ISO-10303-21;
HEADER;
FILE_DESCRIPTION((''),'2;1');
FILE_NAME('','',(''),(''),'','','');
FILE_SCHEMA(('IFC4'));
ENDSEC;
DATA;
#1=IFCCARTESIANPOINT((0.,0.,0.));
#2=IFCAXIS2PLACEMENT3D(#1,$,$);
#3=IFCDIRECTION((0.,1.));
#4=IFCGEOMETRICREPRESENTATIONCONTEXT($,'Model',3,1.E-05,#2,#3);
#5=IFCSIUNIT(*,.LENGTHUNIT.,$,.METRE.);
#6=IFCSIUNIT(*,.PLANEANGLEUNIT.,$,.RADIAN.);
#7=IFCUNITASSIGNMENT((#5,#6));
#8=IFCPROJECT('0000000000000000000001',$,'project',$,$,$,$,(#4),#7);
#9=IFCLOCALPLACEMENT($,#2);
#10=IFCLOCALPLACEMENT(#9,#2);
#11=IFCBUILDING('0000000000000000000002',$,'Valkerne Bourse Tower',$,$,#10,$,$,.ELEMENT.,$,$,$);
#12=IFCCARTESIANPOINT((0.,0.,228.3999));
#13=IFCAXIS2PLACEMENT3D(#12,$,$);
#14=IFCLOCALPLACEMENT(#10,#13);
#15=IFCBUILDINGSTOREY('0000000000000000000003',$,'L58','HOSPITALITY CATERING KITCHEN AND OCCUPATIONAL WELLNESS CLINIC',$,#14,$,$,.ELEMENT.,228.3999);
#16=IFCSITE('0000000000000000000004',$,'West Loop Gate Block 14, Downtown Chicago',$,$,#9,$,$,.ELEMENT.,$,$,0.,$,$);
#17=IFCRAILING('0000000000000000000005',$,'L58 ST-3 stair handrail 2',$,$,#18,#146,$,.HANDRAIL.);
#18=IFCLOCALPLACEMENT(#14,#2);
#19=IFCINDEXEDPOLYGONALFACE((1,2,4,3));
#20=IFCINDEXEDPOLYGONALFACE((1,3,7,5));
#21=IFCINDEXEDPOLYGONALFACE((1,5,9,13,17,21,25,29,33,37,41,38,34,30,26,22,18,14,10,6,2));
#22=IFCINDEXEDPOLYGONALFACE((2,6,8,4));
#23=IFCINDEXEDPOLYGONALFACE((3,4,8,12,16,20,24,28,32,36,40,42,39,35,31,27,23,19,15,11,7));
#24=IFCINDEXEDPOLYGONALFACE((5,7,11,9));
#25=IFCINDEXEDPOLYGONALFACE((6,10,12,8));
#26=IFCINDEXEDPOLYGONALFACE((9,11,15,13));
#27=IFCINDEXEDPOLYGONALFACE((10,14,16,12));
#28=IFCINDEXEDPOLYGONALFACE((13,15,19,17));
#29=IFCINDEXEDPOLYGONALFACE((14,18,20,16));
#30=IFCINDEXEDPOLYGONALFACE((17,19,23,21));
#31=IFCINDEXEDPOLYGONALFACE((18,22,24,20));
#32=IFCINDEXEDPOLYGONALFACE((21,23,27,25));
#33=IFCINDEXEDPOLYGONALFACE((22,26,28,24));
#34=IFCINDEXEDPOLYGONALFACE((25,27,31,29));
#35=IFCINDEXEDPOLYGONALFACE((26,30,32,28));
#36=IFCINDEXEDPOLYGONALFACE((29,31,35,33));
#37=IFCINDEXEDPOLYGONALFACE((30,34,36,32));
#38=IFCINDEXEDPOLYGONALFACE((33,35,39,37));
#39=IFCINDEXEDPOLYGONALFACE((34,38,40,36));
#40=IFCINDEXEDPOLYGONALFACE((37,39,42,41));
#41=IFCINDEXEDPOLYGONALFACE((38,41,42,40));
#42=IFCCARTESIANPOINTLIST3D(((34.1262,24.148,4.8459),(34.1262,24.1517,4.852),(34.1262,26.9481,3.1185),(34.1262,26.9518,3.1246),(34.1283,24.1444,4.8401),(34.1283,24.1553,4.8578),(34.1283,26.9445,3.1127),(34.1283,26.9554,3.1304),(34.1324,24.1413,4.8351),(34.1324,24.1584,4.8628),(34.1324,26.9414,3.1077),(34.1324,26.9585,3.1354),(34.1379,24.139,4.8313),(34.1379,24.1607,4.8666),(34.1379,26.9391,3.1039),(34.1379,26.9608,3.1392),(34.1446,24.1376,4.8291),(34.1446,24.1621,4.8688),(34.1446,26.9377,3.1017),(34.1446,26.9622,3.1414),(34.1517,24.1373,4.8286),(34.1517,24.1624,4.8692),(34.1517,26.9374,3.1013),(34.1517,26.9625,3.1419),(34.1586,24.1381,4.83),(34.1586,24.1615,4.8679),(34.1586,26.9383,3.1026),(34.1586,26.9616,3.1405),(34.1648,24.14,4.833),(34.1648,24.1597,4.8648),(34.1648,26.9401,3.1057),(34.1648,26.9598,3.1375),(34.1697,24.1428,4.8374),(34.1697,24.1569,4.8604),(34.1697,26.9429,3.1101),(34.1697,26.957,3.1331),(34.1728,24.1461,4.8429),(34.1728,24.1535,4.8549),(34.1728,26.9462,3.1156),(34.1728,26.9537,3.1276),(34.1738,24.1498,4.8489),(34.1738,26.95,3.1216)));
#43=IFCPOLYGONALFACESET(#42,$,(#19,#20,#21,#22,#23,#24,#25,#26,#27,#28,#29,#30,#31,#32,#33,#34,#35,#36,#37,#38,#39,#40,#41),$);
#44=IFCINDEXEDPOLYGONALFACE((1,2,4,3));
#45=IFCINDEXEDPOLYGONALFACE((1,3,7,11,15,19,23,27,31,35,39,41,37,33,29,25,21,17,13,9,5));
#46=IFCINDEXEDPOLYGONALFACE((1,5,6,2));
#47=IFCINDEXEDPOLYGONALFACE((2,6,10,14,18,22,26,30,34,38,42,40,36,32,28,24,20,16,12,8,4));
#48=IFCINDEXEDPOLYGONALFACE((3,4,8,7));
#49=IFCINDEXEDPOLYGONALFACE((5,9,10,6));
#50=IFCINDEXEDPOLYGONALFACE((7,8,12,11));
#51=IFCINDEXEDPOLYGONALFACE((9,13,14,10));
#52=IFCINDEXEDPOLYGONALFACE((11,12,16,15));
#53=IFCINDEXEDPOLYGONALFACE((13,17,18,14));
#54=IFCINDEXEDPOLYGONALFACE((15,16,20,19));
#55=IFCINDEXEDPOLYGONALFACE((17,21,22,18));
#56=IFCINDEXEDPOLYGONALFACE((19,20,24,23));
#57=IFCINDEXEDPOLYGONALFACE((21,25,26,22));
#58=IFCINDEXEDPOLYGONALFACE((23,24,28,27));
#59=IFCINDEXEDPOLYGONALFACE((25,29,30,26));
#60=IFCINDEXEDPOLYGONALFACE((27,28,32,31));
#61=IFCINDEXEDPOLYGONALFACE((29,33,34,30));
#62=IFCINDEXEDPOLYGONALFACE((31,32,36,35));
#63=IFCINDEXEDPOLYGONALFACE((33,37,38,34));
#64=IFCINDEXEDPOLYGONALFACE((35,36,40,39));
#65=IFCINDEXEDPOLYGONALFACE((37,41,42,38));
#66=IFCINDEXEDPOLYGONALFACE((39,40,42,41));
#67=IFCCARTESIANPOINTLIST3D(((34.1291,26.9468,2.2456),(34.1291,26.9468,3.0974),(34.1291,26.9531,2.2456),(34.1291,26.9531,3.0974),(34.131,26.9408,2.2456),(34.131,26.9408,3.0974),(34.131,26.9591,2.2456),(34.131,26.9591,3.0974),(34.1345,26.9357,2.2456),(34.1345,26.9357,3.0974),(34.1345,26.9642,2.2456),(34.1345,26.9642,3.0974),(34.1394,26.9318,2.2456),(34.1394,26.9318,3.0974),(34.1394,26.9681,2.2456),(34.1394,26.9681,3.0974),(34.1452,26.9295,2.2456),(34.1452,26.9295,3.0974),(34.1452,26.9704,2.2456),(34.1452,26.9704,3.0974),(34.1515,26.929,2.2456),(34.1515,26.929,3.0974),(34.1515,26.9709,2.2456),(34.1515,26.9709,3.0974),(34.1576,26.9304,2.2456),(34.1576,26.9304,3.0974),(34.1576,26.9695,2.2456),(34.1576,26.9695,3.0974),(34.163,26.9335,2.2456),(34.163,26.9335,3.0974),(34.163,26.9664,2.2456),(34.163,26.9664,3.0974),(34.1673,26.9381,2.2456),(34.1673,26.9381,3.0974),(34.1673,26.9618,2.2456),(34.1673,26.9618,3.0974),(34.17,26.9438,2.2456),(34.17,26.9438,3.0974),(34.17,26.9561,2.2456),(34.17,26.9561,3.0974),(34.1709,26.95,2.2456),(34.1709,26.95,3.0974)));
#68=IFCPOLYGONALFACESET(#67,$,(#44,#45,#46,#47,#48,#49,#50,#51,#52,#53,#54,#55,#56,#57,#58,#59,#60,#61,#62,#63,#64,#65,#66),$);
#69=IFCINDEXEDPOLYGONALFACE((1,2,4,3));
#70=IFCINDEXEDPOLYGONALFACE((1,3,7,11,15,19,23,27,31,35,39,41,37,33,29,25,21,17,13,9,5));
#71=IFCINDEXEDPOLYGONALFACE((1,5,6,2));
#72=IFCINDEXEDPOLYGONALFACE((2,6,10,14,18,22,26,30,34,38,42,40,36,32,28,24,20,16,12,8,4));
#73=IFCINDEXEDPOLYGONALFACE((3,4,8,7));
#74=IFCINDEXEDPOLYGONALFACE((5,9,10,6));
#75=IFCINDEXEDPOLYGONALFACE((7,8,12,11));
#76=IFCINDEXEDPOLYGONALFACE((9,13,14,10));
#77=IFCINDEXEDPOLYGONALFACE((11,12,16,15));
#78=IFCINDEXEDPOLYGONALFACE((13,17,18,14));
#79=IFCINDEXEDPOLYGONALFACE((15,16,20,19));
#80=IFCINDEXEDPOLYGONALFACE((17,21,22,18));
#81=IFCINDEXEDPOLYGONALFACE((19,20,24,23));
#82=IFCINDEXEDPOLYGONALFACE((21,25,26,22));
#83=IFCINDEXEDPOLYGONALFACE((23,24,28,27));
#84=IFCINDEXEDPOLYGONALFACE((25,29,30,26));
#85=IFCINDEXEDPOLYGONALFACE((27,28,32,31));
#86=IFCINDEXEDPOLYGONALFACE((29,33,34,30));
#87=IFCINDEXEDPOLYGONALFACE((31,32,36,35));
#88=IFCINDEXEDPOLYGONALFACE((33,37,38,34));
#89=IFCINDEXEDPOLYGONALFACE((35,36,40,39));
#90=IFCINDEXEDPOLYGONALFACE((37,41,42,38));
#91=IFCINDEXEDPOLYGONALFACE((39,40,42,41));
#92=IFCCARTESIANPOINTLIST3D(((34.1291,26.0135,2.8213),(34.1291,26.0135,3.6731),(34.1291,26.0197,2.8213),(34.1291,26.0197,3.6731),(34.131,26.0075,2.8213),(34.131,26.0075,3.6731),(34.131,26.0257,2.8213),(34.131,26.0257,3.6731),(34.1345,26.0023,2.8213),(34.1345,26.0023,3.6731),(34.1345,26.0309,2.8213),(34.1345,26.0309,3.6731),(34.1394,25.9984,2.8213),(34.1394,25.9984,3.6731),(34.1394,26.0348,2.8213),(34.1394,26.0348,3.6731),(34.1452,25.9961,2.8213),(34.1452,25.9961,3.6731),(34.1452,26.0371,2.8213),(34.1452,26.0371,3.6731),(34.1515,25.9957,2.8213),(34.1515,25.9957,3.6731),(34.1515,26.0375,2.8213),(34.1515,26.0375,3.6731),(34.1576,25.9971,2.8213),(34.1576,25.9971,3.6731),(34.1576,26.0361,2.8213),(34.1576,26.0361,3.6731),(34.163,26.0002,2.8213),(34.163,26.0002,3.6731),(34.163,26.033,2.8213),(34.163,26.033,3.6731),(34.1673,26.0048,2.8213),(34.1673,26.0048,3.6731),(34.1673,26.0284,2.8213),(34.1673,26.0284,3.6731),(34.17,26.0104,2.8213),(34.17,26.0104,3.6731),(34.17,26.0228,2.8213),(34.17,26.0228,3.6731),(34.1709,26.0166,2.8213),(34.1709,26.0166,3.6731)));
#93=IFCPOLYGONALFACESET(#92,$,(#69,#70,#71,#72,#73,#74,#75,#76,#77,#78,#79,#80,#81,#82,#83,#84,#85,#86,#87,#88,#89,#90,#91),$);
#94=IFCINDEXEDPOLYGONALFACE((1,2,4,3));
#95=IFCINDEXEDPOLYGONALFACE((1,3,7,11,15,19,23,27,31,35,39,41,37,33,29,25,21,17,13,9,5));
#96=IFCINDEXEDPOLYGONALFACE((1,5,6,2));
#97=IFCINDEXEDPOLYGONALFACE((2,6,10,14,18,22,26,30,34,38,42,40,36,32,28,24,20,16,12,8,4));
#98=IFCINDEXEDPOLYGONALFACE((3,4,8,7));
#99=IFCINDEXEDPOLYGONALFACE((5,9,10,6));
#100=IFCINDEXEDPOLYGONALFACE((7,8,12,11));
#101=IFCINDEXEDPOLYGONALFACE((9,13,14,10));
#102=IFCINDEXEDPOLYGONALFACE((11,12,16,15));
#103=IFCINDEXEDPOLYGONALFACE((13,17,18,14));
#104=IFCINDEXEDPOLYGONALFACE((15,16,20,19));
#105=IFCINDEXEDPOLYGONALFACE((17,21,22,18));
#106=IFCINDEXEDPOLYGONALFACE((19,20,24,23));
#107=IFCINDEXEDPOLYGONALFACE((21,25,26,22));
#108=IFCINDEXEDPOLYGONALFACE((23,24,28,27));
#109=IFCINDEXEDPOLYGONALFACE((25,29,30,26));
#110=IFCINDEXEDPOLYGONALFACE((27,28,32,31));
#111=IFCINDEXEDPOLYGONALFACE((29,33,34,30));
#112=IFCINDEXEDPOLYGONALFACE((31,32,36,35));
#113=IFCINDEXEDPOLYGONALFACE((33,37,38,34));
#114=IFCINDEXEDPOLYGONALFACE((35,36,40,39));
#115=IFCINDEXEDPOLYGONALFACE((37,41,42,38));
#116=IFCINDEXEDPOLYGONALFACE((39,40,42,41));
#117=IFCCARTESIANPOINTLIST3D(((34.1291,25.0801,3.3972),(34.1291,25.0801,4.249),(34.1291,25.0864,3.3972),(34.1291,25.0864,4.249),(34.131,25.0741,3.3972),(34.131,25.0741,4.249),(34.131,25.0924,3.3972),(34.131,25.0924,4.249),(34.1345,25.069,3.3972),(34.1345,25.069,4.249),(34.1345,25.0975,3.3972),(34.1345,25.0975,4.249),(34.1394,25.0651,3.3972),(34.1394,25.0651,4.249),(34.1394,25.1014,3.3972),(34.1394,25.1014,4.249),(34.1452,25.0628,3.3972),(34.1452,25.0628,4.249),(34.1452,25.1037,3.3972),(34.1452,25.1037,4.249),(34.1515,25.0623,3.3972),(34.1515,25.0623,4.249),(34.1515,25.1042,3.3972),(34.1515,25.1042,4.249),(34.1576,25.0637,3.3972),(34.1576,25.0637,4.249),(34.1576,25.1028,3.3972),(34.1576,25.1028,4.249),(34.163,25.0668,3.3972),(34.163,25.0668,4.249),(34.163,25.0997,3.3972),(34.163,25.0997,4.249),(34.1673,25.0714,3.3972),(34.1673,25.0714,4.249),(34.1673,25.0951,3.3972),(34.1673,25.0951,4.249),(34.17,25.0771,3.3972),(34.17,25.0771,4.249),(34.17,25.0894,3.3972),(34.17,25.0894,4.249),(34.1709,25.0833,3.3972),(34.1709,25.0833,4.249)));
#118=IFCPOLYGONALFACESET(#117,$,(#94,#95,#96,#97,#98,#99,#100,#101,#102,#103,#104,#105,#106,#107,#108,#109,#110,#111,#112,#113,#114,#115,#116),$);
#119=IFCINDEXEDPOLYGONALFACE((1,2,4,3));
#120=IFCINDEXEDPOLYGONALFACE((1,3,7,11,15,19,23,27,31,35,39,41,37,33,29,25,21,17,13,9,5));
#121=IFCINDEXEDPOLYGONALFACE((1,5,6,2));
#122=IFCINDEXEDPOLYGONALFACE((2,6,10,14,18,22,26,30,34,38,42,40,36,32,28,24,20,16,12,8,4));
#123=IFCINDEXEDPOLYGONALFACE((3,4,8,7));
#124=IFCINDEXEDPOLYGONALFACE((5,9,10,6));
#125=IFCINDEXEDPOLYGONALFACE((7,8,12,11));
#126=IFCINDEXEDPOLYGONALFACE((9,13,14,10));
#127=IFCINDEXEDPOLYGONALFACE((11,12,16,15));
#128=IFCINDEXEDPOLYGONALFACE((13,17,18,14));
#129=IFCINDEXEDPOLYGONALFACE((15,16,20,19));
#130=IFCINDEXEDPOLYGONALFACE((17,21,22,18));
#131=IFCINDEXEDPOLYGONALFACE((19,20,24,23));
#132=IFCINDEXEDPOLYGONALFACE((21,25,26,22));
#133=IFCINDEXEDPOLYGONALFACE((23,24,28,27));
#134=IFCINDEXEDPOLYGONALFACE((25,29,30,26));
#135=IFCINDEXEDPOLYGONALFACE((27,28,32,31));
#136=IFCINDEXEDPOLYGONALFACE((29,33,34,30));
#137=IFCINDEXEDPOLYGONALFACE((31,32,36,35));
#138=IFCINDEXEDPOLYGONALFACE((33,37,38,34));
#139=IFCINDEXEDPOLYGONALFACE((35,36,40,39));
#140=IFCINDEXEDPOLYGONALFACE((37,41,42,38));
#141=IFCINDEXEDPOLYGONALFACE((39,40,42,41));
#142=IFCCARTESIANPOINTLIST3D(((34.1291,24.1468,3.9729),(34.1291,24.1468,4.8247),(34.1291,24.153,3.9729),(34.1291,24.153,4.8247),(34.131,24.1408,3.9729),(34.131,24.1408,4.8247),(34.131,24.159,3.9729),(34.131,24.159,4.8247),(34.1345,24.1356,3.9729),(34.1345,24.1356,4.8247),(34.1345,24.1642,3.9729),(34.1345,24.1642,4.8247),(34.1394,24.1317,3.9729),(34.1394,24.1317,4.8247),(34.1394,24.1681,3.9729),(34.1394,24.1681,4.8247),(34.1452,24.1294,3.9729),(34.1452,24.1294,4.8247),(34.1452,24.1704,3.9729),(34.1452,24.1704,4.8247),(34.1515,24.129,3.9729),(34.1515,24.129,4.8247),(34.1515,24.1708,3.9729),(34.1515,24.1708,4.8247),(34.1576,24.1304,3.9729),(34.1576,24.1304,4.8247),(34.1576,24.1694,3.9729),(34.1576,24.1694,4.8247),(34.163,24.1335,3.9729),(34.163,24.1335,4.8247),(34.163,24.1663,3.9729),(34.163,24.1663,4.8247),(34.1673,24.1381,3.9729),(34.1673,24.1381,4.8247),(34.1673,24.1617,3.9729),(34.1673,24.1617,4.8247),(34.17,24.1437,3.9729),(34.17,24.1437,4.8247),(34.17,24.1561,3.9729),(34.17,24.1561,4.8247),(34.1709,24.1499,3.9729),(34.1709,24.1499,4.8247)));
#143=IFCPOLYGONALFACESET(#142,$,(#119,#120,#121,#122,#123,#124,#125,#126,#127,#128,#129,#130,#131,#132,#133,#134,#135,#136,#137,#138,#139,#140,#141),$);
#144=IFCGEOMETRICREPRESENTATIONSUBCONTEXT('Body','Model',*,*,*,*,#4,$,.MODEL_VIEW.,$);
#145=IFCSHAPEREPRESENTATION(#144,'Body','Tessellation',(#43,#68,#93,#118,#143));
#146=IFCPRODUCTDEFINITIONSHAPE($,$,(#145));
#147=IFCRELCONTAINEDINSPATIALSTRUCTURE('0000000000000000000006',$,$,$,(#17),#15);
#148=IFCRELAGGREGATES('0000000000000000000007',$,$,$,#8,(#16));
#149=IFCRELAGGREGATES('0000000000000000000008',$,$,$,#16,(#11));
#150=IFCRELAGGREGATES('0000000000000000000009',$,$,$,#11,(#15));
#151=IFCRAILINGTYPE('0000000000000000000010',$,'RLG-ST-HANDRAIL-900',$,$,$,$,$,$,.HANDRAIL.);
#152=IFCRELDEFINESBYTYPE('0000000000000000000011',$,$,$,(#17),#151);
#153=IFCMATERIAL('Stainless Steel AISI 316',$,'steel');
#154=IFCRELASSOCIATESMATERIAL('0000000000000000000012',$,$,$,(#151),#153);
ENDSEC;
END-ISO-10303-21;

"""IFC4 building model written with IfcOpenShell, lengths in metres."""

from ifc_helpers import new_model, si_unit, direction, frame, origin, origin_2d, place, context, subcontext, project, spatial, circle, extrude, material, type_object, element, save


model = new_model("IFC4")

# Units and contexts
model_context = context("Model", 3, precision=1e-05, world=origin(), true_north=direction((0.0, 1.0)))
body_context = subcontext(model_context, "Body", "Model", "MODEL_VIEW")
ifc_project = project(units=[si_unit("LENGTHUNIT", "METRE"), si_unit("PLANEANGLEUNIT", "RADIAN")], contexts=[model_context])

# Site, building, storey
site_placement = place(None, origin())
site = spatial("IfcSite", under=ifc_project, at=site_placement, Name="West Loop Gate Block 14, Downtown Chicago", CompositionType="ELEMENT", RefElevation=0.0)
building_placement = place(site_placement, origin())
building = spatial("IfcBuilding", under=site, at=building_placement, Name="Valkerne Bourse Tower", CompositionType="ELEMENT")
storey_placement = place(building_placement, frame((0.0, 0.0, 228.3999)))
storey = spatial("IfcBuildingStorey", under=building, at=storey_placement, Name="L58", Description="HOSPITALITY CATERING KITCHEN AND OCCUPATIONAL WELLNESS CLINIC", CompositionType="ELEMENT", Elevation=228.3999)

# Railing
ifc_material_1 = material(Name="Stainless Steel AISI 316", Category="steel")
railing_type_1 = type_object("IfcRailingType", Name="RLG-ST-HANDRAIL-900", PredefinedType="HANDRAIL", material=ifc_material_1)
railing_1_placement = place(storey_placement, frame((34.1499, 26.95, 2.2456)))
element("IfcRailing", 1, at=railing_1_placement, inside=storey, type_object=railing_type_1, Name="L58 ST-3 stair handrail 2", PredefinedType="HANDRAIL", context=body_context, shape_type="SweptSolid", body=[
    extrude(circle(Radius=0.0239, at=origin_2d()), frame((0.0, 0.0, 0.876), z_axis=(0.0, -0.85109, 0.52502), x_axis=(1.0, 0.0, 0.0)), (0.0, 0.0, 1.0), 3.29),
    extrude(circle(Radius=0.021, at=origin_2d()), origin(), (0.0, 0.0, 1.0), 0.8518),
    extrude(circle(Radius=0.021, at=origin_2d()), frame((0.0, -0.9333, 0.5757)), (0.0, 0.0, 1.0), 0.8518),
    extrude(circle(Radius=0.021, at=origin_2d()), frame((0.0, -1.8667, 1.1516)), (0.0, 0.0, 1.0), 0.8518),
    extrude(circle(Radius=0.021, at=origin_2d()), frame((0.0, -2.8, 1.7273)), (0.0, 0.0, 1.0), 0.8518),
])

save(model, "model.ifc")
